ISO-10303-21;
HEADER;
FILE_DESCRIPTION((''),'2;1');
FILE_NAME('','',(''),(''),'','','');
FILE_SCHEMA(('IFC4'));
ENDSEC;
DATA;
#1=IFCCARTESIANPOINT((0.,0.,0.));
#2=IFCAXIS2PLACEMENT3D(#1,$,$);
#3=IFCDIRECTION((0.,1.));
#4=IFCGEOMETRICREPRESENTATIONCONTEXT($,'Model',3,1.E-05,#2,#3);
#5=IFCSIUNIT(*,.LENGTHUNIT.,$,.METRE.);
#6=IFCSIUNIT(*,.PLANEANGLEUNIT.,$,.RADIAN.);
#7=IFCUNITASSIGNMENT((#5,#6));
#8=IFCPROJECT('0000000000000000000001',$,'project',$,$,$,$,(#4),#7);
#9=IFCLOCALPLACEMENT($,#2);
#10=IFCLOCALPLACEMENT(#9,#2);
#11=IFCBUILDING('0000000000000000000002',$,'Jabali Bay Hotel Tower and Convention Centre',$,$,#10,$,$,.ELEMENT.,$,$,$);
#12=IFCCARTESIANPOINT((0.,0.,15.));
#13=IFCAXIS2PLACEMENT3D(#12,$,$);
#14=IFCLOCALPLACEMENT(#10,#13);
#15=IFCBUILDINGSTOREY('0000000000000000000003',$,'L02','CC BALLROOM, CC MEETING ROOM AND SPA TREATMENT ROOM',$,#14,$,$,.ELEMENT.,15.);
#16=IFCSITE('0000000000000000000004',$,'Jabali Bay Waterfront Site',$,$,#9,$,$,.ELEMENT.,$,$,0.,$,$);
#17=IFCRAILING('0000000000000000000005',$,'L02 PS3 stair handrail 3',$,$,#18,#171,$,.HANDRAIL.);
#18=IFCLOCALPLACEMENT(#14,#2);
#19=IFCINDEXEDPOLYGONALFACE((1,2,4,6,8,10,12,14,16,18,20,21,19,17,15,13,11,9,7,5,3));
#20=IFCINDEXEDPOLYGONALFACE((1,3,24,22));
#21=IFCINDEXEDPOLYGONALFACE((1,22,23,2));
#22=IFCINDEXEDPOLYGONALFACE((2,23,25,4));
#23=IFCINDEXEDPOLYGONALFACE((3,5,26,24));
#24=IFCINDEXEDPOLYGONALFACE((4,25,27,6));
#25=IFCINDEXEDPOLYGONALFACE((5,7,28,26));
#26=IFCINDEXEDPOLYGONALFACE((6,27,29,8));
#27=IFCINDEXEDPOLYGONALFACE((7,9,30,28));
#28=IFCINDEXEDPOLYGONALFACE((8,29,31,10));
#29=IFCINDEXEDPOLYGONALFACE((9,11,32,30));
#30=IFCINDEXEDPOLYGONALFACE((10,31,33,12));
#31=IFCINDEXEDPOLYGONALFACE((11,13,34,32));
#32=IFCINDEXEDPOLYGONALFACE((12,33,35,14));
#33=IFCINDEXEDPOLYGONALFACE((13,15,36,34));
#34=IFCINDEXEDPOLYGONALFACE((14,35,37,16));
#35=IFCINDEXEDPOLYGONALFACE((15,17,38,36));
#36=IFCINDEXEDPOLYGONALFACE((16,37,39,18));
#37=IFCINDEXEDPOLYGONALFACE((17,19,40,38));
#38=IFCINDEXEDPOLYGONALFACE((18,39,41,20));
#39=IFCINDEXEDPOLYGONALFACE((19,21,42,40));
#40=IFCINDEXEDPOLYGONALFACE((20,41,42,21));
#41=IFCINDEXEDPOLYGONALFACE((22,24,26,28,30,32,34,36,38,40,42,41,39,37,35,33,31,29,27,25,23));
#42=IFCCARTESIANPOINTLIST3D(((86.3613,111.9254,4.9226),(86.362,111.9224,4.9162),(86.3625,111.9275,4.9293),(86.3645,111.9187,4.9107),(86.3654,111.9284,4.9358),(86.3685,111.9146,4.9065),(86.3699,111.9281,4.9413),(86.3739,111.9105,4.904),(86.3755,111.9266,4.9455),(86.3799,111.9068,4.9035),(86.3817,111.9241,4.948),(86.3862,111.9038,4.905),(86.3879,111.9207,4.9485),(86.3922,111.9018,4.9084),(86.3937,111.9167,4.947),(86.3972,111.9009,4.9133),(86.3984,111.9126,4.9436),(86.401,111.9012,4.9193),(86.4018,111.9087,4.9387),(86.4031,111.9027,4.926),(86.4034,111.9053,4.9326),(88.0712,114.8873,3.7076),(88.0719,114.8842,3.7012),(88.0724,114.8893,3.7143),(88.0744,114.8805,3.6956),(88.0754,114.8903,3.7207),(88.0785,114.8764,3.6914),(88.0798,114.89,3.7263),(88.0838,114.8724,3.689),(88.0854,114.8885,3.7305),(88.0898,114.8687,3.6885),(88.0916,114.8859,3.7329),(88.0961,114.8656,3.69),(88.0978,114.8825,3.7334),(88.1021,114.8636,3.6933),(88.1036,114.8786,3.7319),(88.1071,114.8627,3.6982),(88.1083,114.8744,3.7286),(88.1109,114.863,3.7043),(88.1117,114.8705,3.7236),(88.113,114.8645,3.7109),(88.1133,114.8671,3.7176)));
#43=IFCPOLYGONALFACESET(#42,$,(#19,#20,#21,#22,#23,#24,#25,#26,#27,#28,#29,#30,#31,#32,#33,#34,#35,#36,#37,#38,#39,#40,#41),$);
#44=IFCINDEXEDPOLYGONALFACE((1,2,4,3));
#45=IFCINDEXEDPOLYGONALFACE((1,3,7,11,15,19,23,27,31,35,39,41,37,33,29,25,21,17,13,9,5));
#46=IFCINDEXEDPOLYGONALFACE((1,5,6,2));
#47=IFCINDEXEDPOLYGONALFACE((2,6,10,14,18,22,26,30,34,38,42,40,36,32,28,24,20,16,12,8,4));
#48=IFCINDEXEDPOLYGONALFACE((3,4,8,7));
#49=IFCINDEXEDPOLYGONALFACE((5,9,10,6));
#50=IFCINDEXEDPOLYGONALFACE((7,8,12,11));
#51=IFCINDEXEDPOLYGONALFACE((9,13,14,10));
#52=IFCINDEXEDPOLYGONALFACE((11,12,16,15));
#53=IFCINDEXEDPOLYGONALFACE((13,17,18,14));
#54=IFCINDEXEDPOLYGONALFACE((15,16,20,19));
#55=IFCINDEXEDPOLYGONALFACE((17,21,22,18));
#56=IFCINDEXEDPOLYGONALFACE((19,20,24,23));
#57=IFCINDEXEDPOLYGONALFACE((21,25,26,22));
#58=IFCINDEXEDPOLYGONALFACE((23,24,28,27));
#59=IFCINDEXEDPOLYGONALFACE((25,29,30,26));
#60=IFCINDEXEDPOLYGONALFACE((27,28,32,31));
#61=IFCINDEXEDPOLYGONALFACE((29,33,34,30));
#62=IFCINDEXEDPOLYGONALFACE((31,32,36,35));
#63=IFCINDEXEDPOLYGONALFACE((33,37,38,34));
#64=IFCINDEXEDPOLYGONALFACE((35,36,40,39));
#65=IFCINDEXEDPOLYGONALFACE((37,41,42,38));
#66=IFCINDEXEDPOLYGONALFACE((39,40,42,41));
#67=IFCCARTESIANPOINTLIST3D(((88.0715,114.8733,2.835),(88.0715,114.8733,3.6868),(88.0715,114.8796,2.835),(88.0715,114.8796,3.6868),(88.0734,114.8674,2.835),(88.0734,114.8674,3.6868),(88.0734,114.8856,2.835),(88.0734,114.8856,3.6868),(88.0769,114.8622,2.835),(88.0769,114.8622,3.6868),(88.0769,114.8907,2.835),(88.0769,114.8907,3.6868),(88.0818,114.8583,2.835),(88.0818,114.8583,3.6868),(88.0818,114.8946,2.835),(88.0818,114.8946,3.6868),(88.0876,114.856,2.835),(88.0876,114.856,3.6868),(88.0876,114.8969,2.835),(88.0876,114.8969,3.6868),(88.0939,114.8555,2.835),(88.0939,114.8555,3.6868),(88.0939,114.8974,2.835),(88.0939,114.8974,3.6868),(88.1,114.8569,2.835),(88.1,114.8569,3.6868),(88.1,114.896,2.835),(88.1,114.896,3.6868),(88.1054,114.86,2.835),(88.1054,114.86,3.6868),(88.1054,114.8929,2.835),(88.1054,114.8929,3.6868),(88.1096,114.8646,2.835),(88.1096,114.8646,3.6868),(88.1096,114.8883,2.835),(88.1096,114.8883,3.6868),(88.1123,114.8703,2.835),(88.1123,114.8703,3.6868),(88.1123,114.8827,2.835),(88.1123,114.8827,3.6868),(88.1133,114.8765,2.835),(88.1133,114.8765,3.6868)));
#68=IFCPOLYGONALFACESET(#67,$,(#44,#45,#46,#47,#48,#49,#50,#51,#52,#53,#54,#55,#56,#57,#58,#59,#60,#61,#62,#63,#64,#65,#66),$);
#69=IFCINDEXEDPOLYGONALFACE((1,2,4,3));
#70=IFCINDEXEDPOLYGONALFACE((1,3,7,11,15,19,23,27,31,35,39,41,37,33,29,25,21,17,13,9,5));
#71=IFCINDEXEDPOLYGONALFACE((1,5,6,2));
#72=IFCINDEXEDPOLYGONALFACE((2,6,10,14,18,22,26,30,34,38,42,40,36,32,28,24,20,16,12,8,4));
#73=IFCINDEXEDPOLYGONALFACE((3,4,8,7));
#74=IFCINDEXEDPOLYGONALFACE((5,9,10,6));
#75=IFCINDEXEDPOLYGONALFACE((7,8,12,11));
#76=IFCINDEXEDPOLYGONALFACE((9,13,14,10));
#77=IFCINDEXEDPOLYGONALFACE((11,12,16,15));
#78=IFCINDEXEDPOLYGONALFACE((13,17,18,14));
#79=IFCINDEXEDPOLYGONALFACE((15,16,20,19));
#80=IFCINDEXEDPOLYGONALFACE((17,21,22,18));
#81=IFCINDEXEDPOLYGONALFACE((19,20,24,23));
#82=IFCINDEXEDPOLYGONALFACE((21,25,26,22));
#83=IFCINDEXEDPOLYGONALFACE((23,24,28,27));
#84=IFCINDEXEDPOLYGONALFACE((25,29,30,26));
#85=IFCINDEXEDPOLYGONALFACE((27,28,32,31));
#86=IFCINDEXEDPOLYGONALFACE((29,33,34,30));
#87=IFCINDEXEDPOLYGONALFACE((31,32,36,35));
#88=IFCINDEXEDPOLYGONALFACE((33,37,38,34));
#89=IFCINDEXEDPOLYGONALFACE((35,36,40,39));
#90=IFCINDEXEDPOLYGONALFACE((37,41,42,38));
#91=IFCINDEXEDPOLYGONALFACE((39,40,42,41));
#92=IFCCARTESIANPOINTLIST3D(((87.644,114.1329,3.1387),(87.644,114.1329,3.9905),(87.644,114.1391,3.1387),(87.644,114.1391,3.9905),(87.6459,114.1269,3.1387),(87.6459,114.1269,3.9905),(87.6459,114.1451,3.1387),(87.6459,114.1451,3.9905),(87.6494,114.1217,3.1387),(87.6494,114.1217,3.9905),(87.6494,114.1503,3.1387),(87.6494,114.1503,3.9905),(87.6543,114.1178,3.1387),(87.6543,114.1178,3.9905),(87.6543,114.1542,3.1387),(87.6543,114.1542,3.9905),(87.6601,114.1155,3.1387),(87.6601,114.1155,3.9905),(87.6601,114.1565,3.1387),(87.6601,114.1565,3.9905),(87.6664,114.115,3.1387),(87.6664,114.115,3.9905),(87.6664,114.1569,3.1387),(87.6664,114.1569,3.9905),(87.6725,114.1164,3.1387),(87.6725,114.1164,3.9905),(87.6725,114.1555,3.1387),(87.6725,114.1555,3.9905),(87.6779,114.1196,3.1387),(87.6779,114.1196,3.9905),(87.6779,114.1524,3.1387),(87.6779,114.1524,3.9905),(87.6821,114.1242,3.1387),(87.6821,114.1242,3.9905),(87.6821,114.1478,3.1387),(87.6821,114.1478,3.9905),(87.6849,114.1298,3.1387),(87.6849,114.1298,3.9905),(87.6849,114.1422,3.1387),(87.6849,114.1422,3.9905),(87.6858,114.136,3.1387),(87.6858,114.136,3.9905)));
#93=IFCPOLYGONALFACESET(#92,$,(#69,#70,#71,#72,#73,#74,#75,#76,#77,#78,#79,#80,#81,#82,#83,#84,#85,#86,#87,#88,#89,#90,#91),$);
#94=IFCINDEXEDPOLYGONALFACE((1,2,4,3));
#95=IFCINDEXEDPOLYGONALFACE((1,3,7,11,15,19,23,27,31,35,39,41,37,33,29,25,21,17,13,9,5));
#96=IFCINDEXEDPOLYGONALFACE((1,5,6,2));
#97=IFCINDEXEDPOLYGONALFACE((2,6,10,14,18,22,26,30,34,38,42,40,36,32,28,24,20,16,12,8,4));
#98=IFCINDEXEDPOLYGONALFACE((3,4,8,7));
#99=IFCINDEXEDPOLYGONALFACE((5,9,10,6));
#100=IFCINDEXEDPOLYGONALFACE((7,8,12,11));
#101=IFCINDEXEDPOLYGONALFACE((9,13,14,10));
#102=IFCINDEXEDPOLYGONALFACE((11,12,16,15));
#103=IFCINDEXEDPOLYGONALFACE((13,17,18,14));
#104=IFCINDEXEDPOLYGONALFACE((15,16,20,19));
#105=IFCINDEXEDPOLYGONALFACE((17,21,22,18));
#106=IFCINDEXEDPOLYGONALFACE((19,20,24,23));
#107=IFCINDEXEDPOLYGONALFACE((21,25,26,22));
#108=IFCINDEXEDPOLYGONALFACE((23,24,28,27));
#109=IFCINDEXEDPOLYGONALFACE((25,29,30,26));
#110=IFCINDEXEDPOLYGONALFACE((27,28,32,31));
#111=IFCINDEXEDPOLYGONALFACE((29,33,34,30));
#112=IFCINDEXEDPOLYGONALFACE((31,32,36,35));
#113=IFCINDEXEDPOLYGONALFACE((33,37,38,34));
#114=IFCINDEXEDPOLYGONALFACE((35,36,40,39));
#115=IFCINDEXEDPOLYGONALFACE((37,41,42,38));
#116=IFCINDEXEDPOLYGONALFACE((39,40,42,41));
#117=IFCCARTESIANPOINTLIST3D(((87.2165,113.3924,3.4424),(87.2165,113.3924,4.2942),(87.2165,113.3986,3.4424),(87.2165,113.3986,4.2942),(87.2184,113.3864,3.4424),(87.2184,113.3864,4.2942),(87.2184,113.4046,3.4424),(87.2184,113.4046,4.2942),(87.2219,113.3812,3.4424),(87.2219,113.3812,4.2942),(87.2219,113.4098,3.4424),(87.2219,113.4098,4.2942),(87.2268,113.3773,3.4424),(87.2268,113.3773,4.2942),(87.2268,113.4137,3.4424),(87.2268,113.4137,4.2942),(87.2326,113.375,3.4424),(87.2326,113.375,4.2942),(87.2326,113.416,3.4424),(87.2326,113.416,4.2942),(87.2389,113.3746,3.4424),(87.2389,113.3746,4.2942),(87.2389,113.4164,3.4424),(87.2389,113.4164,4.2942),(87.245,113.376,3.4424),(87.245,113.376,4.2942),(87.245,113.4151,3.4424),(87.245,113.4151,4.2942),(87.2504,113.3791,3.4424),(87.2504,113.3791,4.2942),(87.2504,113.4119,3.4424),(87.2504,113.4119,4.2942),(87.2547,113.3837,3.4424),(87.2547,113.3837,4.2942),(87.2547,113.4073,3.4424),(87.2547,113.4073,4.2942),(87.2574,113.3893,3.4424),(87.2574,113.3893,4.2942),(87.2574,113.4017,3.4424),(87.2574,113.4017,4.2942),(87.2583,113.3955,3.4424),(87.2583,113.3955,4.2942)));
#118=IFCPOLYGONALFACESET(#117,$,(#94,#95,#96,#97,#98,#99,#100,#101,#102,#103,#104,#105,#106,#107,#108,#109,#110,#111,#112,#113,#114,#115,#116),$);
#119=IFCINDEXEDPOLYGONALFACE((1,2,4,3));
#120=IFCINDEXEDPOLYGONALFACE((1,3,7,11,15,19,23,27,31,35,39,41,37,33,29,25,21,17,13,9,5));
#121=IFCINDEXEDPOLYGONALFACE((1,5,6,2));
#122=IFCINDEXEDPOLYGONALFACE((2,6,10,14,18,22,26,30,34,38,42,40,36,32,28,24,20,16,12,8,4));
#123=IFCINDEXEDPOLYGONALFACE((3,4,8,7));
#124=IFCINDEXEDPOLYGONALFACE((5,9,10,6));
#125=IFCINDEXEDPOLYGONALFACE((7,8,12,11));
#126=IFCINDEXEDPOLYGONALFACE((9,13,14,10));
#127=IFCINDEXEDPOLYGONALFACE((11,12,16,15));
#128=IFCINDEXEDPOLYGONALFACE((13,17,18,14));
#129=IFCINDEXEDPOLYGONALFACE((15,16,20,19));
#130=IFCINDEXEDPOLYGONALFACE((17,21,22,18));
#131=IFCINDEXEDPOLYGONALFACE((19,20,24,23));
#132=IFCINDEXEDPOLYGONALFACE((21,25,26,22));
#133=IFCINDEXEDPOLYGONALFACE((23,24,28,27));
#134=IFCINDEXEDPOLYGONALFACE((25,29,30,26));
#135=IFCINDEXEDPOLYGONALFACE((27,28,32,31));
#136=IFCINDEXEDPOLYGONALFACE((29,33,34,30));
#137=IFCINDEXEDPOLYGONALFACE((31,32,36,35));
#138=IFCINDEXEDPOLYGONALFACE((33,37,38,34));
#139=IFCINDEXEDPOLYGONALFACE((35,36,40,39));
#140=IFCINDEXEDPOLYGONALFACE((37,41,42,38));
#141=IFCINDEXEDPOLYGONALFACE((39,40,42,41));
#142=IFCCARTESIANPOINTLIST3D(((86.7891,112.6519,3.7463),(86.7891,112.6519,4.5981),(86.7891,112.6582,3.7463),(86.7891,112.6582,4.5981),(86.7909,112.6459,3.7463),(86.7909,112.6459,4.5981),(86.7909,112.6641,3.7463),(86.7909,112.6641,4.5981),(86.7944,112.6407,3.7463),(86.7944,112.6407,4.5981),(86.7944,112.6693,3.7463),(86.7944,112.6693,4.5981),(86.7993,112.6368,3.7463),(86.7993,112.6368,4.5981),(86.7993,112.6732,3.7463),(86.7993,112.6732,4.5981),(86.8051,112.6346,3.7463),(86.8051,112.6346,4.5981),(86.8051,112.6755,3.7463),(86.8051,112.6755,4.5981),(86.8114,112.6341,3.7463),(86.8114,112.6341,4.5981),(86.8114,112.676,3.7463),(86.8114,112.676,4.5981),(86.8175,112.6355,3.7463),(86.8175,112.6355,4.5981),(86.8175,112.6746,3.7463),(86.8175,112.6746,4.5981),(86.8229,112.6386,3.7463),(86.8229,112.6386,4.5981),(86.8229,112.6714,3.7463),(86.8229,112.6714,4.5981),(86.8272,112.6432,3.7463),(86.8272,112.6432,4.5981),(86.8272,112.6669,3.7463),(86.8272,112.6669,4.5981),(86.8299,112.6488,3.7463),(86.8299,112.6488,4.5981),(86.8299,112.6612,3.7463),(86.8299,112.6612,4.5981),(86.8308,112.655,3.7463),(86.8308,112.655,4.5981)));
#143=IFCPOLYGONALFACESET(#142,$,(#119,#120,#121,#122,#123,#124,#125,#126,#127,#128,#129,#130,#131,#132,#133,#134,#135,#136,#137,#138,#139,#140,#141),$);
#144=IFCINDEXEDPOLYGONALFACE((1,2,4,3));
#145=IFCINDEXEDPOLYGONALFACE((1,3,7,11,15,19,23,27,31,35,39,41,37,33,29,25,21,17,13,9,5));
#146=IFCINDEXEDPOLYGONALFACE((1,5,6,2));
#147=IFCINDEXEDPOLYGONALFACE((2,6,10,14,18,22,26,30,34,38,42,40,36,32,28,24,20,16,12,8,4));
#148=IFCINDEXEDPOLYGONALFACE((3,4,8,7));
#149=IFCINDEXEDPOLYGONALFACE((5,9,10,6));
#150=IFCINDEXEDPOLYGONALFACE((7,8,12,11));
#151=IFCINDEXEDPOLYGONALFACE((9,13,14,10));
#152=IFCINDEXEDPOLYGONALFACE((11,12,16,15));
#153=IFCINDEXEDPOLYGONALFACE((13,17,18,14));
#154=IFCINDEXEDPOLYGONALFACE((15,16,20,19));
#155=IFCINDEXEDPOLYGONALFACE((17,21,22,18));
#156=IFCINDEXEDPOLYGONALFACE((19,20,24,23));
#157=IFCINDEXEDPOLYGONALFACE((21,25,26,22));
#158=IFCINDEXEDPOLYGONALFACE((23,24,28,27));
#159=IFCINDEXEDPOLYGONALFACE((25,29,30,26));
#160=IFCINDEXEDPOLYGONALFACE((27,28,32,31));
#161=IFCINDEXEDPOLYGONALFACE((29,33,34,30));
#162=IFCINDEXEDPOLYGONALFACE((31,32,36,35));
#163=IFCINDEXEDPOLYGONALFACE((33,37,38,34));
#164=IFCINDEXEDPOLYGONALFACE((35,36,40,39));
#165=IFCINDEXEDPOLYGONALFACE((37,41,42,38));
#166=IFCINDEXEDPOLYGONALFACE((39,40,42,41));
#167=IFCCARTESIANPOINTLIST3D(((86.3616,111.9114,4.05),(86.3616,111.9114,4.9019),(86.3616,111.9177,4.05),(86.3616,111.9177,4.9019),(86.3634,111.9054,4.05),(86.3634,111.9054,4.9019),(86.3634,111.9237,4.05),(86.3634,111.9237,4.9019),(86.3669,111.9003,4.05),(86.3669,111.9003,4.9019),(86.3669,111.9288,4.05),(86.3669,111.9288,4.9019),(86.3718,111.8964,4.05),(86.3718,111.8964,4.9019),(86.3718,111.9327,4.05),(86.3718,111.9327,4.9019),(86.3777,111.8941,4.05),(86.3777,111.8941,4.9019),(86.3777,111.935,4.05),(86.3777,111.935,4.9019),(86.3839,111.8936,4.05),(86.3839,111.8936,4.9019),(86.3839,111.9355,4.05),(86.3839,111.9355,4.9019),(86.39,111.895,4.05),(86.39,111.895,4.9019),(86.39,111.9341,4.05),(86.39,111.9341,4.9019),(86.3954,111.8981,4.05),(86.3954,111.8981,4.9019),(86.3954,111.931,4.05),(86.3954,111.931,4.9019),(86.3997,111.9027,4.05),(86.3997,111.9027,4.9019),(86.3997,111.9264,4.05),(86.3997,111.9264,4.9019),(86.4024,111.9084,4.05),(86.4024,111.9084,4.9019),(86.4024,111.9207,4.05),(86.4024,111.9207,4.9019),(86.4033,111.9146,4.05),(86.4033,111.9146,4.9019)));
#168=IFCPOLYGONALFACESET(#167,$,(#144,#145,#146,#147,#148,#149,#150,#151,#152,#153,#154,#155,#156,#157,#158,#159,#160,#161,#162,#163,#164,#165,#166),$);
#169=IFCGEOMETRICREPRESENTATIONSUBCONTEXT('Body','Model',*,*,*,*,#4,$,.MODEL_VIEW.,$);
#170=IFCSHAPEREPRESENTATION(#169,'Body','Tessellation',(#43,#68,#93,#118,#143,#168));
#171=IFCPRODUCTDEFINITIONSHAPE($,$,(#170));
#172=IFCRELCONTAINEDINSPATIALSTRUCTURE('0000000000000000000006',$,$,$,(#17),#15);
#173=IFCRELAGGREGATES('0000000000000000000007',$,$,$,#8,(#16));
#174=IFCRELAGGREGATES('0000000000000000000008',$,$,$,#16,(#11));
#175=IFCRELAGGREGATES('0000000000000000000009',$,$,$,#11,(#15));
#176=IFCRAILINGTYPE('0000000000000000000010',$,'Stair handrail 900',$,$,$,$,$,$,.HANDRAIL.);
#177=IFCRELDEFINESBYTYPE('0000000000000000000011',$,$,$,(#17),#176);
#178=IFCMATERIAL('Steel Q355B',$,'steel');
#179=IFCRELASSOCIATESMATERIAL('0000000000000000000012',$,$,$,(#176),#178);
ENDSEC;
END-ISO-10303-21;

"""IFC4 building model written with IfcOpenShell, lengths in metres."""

from ifc_helpers import new_model, si_unit, direction, frame, origin, origin_2d, place, context, subcontext, project, spatial, circle, extrude, material, type_object, element, save


model = new_model("IFC4")

# Units and contexts
model_context = context("Model", 3, precision=1e-05, world=origin(), true_north=direction((0.0, 1.0)))
body_context = subcontext(model_context, "Body", "Model", "MODEL_VIEW")
ifc_project = project(units=[si_unit("LENGTHUNIT", "METRE"), si_unit("PLANEANGLEUNIT", "RADIAN")], contexts=[model_context])

# Site, building, storey
site_placement = place(None, origin())
site = spatial("IfcSite", under=ifc_project, at=site_placement, Name="Jabali Bay Waterfront Site", CompositionType="ELEMENT", RefElevation=0.0)
building_placement = place(site_placement, origin())
building = spatial("IfcBuilding", under=site, at=building_placement, Name="Jabali Bay Hotel Tower and Convention Centre", CompositionType="ELEMENT")
storey_placement = place(building_placement, frame((0.0, 0.0, 15.0)))
storey = spatial("IfcBuildingStorey", under=building, at=storey_placement, Name="L02", Description="CC BALLROOM, CC MEETING ROOM AND SPA TREATMENT ROOM", CompositionType="ELEMENT", Elevation=15.0)

# Railing
ifc_material_1 = material(Name="Steel Q355B", Category="steel")
railing_type_1 = type_object("IfcRailingType", Name="Stair handrail 900", PredefinedType="HANDRAIL", material=ifc_material_1)
for number, where, name in (
    (1, (88.0923, 114.8765, 2.835), "L02 PS3 stair handrail 3"),
):
    element("IfcRailing", number, at=place(storey_placement, frame(where)), inside=storey, type_object=railing_type_1, Name=name, PredefinedType="HANDRAIL", context=body_context, shape_type="SweptSolid", body=[
        extrude(circle(Radius=0.0239, at=origin_2d()), frame((0.0, 0.0, 0.876), z_axis=(-0.471127, -0.816065, 0.33478), x_axis=(0.866038, -0.499978, 0.0)), (0.0, 0.0, 1.0), 3.6294),
        extrude(circle(Radius=0.021, at=origin_2d()), origin(), (0.0, 0.0, 1.0), 0.8518),
        extrude(circle(Radius=0.021, at=origin_2d()), frame((-0.4275, -0.7405, 0.3037)), (0.0, 0.0, 1.0), 0.8518),
        extrude(circle(Radius=0.021, at=origin_2d()), frame((-0.855, -1.481, 0.6074)), (0.0, 0.0, 1.0), 0.8518),
        extrude(circle(Radius=0.021, at=origin_2d()), frame((-1.2825, -2.2214, 0.9114)), (0.0, 0.0, 1.0), 0.8518),
        extrude(circle(Radius=0.021, at=origin_2d()), frame((-1.71, -2.9619, 1.2151)), (0.0, 0.0, 1.0), 0.8518),
    ])

save(model, "model.ifc")
